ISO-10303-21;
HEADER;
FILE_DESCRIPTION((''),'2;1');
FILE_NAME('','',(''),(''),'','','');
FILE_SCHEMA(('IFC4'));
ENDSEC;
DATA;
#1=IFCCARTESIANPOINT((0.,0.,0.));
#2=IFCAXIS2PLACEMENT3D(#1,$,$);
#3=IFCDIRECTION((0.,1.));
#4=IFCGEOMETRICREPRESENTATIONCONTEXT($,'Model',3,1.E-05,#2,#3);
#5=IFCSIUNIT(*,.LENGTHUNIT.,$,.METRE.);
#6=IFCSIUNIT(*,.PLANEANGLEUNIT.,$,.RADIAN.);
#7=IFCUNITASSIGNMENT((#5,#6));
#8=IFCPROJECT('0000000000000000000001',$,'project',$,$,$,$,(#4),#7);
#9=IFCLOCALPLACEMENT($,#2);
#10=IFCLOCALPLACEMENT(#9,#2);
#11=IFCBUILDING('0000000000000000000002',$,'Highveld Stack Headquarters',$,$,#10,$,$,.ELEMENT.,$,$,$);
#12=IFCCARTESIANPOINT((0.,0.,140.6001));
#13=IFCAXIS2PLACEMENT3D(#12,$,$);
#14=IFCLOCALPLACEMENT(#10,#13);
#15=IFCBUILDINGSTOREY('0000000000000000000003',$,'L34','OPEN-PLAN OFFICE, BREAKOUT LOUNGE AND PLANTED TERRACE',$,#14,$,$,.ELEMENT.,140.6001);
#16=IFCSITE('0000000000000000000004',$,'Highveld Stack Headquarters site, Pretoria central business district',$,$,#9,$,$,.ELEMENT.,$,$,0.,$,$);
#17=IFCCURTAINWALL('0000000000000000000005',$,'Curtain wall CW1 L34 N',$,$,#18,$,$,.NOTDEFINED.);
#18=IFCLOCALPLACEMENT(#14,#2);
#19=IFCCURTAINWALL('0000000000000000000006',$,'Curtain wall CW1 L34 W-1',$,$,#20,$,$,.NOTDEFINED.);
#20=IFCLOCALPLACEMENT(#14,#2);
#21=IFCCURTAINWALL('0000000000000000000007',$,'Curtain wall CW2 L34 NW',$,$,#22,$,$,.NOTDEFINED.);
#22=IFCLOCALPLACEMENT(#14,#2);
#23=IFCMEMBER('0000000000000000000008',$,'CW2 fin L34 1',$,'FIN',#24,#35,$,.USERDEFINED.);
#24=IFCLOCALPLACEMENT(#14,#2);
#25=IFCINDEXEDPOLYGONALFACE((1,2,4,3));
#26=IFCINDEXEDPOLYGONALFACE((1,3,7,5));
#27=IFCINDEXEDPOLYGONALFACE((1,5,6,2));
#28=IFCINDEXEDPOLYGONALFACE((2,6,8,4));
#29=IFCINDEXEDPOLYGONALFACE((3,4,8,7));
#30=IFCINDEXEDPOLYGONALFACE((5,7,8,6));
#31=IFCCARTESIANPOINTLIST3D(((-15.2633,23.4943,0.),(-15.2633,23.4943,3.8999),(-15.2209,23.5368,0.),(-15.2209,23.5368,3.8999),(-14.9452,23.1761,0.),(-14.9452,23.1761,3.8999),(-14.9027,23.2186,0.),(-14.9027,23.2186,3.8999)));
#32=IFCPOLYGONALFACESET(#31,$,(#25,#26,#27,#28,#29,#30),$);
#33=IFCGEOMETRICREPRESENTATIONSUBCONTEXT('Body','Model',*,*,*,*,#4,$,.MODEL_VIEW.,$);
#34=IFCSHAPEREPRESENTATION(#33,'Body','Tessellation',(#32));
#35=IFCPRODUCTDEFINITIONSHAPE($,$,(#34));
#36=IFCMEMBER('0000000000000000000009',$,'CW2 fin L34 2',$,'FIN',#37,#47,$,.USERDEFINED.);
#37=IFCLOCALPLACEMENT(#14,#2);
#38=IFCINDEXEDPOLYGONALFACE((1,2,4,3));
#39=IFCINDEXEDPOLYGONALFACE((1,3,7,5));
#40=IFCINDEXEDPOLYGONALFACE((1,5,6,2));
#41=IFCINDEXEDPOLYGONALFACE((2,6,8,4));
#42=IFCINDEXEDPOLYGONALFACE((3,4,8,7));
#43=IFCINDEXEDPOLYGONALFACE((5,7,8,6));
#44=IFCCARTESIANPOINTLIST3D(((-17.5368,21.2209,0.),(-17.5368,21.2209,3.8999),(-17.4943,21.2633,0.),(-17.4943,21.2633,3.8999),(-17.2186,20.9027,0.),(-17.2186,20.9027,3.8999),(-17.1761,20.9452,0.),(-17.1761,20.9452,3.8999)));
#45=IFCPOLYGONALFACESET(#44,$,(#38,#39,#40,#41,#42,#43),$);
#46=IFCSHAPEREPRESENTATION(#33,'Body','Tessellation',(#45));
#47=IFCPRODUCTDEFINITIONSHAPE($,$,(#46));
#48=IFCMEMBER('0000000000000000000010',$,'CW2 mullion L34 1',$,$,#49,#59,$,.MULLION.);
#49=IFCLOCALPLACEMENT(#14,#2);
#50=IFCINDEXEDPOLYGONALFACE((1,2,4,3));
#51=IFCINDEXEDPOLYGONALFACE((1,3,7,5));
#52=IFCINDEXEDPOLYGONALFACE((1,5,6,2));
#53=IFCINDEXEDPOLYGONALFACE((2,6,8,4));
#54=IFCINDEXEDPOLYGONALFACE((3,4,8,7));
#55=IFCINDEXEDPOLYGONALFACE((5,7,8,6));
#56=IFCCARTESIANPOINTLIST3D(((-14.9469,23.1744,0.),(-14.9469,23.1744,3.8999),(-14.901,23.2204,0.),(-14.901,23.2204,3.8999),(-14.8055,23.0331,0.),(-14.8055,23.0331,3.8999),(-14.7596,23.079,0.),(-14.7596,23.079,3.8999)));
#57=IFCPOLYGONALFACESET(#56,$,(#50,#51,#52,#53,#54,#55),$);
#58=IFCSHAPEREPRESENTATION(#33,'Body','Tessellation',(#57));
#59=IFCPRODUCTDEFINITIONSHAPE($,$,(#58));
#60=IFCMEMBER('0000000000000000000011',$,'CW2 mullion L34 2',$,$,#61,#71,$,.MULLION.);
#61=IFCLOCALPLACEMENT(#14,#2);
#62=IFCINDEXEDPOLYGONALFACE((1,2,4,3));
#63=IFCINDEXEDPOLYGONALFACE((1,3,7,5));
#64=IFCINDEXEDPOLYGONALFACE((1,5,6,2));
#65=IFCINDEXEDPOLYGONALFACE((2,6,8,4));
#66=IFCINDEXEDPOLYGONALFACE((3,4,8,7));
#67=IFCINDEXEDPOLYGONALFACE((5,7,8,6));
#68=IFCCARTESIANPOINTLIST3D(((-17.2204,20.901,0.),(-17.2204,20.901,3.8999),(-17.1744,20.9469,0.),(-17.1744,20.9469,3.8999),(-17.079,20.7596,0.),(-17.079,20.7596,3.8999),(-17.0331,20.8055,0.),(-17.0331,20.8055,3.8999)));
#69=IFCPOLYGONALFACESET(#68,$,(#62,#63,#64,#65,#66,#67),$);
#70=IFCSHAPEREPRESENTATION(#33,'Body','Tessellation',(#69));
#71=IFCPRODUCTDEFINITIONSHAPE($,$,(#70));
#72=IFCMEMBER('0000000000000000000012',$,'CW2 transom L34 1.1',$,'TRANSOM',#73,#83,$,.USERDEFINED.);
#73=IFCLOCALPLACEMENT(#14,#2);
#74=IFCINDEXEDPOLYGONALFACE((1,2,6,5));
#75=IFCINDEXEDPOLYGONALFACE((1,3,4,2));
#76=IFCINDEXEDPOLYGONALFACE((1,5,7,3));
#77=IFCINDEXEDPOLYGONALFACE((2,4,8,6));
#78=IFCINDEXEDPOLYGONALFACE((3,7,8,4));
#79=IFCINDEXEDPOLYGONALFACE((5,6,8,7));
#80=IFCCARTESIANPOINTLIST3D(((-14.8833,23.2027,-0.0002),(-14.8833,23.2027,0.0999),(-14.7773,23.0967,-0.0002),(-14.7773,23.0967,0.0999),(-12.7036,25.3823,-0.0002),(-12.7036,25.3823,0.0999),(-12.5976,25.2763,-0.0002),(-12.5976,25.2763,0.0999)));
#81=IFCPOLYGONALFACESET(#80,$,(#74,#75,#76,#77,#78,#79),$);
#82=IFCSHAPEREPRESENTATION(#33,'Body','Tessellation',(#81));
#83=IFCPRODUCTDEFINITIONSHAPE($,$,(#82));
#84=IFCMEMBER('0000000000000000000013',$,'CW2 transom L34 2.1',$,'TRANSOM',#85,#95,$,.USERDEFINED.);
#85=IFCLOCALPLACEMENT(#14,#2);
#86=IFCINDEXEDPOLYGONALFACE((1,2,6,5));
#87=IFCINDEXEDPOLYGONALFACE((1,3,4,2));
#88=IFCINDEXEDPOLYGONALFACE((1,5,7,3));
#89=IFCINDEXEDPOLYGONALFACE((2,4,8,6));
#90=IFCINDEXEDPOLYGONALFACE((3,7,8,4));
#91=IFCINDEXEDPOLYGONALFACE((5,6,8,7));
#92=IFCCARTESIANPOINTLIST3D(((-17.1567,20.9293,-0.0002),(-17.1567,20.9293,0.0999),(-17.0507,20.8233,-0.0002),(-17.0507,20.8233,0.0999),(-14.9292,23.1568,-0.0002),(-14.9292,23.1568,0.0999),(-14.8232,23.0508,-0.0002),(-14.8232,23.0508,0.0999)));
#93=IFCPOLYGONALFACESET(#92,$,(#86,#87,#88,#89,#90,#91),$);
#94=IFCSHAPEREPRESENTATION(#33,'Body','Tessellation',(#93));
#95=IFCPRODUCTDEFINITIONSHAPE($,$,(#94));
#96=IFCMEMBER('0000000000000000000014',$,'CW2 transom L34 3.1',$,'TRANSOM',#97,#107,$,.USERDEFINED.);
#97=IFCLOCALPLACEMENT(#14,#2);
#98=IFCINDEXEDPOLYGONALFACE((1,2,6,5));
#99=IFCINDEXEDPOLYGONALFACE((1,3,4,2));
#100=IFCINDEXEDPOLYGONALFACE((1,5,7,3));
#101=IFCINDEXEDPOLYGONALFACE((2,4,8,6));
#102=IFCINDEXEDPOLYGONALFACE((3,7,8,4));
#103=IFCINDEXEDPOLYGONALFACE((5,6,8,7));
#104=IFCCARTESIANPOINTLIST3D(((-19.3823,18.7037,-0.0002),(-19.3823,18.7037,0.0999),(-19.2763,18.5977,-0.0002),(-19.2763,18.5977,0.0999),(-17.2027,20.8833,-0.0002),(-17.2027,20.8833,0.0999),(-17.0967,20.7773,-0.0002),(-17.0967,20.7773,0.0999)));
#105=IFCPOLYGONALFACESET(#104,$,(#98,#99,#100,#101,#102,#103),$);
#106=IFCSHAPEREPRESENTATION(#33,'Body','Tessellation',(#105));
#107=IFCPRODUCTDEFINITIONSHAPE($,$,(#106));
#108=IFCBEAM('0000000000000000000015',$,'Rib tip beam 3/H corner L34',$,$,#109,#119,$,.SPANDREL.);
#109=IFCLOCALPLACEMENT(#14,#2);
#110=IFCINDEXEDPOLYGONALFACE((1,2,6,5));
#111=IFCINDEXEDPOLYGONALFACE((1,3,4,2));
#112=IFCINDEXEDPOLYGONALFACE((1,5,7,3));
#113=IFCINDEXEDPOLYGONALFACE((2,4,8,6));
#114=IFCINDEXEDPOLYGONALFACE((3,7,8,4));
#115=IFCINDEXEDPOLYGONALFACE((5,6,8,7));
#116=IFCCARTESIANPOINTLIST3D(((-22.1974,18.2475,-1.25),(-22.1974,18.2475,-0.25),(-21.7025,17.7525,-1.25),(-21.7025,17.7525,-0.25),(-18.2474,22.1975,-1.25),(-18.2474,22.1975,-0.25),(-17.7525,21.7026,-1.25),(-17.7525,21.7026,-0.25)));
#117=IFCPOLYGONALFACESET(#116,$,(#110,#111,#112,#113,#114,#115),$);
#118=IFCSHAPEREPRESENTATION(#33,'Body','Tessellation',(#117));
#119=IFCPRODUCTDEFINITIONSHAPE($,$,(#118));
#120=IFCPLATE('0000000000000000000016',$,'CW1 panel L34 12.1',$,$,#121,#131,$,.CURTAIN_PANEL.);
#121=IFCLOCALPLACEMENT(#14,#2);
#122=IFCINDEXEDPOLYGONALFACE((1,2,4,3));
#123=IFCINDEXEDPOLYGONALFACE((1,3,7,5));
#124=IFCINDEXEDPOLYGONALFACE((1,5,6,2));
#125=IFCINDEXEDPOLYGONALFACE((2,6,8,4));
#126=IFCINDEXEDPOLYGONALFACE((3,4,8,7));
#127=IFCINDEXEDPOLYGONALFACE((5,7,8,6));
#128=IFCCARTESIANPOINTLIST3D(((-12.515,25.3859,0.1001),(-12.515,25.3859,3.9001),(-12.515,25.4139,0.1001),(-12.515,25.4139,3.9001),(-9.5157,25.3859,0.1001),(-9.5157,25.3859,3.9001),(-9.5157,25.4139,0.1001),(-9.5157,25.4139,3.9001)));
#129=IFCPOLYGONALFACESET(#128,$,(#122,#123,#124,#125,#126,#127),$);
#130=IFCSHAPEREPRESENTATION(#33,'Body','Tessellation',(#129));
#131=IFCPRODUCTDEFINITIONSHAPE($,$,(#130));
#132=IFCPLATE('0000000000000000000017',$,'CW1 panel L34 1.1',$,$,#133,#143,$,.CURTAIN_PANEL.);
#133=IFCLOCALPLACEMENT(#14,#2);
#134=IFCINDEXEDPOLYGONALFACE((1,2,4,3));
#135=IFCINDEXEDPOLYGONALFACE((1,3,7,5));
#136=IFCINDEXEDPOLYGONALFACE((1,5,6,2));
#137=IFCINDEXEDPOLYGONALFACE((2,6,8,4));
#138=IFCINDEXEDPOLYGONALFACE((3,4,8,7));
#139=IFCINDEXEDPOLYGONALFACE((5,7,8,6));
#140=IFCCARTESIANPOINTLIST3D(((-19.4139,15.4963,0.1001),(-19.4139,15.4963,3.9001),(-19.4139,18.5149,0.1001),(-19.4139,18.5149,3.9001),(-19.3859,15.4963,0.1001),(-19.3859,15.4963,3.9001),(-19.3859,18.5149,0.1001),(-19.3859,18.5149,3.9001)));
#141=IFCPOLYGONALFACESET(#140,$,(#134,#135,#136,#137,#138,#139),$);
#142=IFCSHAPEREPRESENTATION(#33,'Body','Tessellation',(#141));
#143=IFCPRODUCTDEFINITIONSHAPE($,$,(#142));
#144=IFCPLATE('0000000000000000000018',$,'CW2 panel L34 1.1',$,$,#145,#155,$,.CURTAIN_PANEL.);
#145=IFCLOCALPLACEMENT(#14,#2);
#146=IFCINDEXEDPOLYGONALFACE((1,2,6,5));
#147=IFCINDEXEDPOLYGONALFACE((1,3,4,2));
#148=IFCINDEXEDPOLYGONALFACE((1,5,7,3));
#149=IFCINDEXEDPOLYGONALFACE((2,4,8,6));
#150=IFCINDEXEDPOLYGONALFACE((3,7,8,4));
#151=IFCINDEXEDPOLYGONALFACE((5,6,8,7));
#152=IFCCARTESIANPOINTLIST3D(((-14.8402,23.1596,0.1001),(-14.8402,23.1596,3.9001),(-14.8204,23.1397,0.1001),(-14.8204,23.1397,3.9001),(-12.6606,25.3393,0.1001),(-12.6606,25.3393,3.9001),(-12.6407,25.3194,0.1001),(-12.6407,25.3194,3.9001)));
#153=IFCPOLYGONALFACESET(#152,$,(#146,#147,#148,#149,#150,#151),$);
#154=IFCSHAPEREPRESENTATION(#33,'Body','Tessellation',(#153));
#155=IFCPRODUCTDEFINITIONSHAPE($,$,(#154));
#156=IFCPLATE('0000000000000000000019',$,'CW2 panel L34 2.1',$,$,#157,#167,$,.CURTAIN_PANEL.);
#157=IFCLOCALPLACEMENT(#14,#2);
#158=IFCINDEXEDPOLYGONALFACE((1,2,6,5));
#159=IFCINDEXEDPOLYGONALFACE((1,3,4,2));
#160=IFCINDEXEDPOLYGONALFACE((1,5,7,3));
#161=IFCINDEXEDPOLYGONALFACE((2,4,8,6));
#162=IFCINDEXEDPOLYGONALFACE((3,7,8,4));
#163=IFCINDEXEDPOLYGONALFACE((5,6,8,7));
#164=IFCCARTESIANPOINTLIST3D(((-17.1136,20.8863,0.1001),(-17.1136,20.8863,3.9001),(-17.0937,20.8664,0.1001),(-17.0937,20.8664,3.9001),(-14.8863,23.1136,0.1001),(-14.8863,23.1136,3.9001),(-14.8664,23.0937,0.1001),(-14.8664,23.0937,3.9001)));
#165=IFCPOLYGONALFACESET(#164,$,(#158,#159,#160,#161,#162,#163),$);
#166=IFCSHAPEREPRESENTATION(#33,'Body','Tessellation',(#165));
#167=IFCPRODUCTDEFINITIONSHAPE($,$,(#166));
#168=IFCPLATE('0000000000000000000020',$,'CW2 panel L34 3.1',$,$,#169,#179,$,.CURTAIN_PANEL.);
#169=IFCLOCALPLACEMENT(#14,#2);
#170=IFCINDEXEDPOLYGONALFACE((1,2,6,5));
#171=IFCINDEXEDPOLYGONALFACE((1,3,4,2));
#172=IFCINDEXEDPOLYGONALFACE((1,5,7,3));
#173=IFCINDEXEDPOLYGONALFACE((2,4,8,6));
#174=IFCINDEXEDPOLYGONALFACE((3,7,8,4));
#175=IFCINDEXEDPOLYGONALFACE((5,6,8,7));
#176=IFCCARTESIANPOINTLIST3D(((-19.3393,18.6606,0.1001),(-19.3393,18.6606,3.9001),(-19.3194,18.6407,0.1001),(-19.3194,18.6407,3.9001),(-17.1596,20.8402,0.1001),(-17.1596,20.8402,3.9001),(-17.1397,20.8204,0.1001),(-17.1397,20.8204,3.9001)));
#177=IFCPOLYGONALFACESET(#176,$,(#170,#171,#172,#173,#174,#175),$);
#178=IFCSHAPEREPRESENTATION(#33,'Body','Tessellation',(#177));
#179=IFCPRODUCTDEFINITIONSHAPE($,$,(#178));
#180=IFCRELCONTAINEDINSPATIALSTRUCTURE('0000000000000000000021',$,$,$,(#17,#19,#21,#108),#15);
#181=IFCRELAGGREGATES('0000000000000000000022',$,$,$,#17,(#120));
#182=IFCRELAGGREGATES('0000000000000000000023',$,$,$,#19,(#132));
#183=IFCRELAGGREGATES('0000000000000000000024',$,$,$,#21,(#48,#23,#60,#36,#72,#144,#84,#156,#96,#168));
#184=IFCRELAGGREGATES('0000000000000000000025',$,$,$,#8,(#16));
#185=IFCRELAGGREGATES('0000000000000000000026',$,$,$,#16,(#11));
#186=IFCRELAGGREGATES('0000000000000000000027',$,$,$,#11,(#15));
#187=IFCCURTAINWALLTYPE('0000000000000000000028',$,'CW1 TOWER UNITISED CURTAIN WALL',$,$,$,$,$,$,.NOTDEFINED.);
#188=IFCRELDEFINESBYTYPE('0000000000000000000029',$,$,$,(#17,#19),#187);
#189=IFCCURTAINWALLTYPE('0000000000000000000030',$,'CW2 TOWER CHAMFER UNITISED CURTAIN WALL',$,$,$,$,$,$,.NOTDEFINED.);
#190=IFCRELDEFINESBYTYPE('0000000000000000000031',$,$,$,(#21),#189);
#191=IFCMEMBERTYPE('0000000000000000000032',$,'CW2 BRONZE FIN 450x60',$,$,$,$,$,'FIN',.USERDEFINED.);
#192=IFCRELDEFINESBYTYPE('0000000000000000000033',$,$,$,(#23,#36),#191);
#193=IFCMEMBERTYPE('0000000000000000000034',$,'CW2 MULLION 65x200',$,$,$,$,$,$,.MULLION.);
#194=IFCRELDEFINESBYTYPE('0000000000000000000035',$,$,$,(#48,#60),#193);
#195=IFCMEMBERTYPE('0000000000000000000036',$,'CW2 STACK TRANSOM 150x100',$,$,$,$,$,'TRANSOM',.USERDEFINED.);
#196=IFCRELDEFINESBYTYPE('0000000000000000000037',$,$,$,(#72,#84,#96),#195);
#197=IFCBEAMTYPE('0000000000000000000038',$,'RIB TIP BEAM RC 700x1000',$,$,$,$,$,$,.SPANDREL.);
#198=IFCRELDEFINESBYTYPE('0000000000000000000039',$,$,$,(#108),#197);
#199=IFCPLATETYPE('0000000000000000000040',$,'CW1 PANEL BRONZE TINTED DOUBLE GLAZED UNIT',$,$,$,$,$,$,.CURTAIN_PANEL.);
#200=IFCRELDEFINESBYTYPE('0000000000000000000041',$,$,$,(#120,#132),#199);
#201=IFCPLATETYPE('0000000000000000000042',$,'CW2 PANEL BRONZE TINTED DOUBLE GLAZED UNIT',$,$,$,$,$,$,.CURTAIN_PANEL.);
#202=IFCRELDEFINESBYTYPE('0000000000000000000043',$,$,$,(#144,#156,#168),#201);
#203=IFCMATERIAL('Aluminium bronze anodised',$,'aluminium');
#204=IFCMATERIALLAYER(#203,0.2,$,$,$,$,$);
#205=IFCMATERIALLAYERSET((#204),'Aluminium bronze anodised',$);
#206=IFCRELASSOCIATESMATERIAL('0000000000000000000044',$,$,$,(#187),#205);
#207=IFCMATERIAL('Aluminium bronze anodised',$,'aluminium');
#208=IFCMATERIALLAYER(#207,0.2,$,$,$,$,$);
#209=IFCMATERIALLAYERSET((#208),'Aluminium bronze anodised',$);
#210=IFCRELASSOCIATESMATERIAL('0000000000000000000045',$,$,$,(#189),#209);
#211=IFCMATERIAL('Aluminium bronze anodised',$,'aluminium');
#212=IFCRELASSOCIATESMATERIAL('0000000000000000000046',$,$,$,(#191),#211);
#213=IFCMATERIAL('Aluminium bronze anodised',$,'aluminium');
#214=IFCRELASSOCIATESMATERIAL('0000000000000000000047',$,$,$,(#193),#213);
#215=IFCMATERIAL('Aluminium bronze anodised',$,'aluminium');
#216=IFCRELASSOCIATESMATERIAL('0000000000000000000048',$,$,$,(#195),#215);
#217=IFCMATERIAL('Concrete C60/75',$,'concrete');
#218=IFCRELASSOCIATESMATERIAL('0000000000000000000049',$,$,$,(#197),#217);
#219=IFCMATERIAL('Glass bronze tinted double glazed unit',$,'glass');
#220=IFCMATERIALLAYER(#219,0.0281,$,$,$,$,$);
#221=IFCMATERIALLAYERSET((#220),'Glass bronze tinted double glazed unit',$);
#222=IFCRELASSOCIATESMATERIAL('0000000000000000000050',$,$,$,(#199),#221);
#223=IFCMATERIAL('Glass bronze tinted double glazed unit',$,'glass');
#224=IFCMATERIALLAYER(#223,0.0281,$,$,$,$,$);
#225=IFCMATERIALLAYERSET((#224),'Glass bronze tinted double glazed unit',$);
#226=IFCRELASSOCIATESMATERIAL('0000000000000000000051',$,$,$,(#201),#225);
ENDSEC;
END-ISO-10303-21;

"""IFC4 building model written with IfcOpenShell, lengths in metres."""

from ifc_helpers import new_model, si_unit, direction, frame, origin, origin_2d, place, context, subcontext, project, spatial, rectangle, extrude, material, layer, layer_set, material_profile, profile_set, type_object, element, aggregate, save


model = new_model("IFC4")

# Units and contexts
model_context = context("Model", 3, precision=1e-05, world=origin(), true_north=direction((0.0, 1.0)))
body_context = subcontext(model_context, "Body", "Model", "MODEL_VIEW")
ifc_project = project(units=[si_unit("LENGTHUNIT", "METRE"), si_unit("PLANEANGLEUNIT", "RADIAN")], contexts=[model_context])

# Site, building, storey
site_placement = place(None, origin())
site = spatial("IfcSite", under=ifc_project, at=site_placement, Name="Highveld Stack Headquarters site, Pretoria central business district", CompositionType="ELEMENT", RefElevation=0.0)
building_placement = place(site_placement, origin())
building = spatial("IfcBuilding", under=site, at=building_placement, Name="Highveld Stack Headquarters", CompositionType="ELEMENT")
storey_placement = place(building_placement, frame((0.0, 0.0, 140.6001)))
storey = spatial("IfcBuildingStorey", under=building, at=storey_placement, Name="L34", Description="OPEN-PLAN OFFICE, BREAKOUT LOUNGE AND PLANTED TERRACE", CompositionType="ELEMENT", Elevation=140.6001)

# Curtain walls
ifc_material_1 = material(Name="Aluminium bronze anodised", Category="aluminium")
ifc_layer_1 = layer(ifc_material_1, 0.2)
ifc_layer_set_1 = layer_set([ifc_layer_1], Name="Aluminium bronze anodised")
curtain_wall_type_1 = type_object("IfcCurtainWallType", Name="CW1 TOWER UNITISED CURTAIN WALL", PredefinedType="NOTDEFINED", material=ifc_layer_set_1)
curtain_wall_1_placement = place(storey_placement, origin())
curtain_wall_1 = element("IfcCurtainWall", 1, at=curtain_wall_1_placement, inside=storey, type_object=curtain_wall_type_1, Name="Curtain wall CW1 L34 N", PredefinedType="NOTDEFINED")
curtain_wall_2_placement = place(storey_placement, origin())
curtain_wall_2 = element("IfcCurtainWall", 2, at=curtain_wall_2_placement, inside=storey, type_object=curtain_wall_type_1, Name="Curtain wall CW1 L34 W-1", PredefinedType="NOTDEFINED")

# Curtain wall, members
ifc_material_2 = material(Name="Aluminium bronze anodised", Category="aluminium")
ifc_layer_2 = layer(ifc_material_2, 0.2)
ifc_layer_set_2 = layer_set([ifc_layer_2], Name="Aluminium bronze anodised")
curtain_wall_type_2 = type_object("IfcCurtainWallType", Name="CW2 TOWER CHAMFER UNITISED CURTAIN WALL", PredefinedType="NOTDEFINED", material=ifc_layer_set_2)
curtain_wall_3_placement = place(storey_placement, origin())
curtain_wall_3 = element("IfcCurtainWall", 3, at=curtain_wall_3_placement, inside=storey, type_object=curtain_wall_type_2, Name="Curtain wall CW2 L34 NW", PredefinedType="NOTDEFINED")
ifc_material_3 = material(Name="Aluminium bronze anodised", Category="aluminium")
ifc_material_profile_1 = material_profile(ifc_material_3, rectangle(XDim=0.45, YDim=0.0601, at=origin_2d()), Name="FIN 450x60")
ifc_profile_set_1 = profile_set([ifc_material_profile_1], Name="Aluminium bronze anodised")
member_type_1 = type_object("IfcMemberType", Name="CW2 BRONZE FIN 450x60", ElementType="FIN", PredefinedType="USERDEFINED", material=ifc_profile_set_1)
member_1_placement = place(storey_placement, frame((-15.083, 23.3564, 0.0), z_axis=(0.0, 0.0, 1.0), x_axis=(0.707107, -0.707107, 0.0)))
member_1 = element("IfcMember", 4, at=member_1_placement, type_object=member_type_1, Name="CW2 fin L34 1", ObjectType="FIN", PredefinedType="USERDEFINED", context=body_context, shape_type="SweptSolid", body=[
    extrude(rectangle(XDim=0.45, YDim=0.0601, at=origin_2d()), origin(), (0.0, 0.0, 1.0), 3.8999),
])
member_2_placement = place(storey_placement, frame((-17.3564, 21.083, 0.0), z_axis=(0.0, 0.0, 1.0), x_axis=(0.707107, -0.707107, 0.0)))
member_2 = element("IfcMember", 5, at=member_2_placement, type_object=member_type_1, Name="CW2 fin L34 2", ObjectType="FIN", PredefinedType="USERDEFINED", context=body_context, shape_type="SweptSolid", body=[
    extrude(rectangle(XDim=0.45, YDim=0.0601, at=origin_2d()), origin(), (0.0, 0.0, 1.0), 3.8999),
])
ifc_material_4 = material(Name="Aluminium bronze anodised", Category="aluminium")
ifc_material_profile_2 = material_profile(ifc_material_4, rectangle(XDim=0.2, YDim=0.0649, at=origin_2d()), Name="CW2 MULLION 65x200")
ifc_profile_set_2 = profile_set([ifc_material_profile_2], Name="Aluminium bronze anodised")
member_type_2 = type_object("IfcMemberType", Name="CW2 MULLION 65x200", PredefinedType="MULLION", material=ifc_profile_set_2)
member_3_placement = place(storey_placement, frame((-14.8533, 23.1267, 0.0), z_axis=(0.0, 0.0, 1.0), x_axis=(0.707107, -0.707107, 0.0)))
member_3 = element("IfcMember", 6, at=member_3_placement, type_object=member_type_2, Name="CW2 mullion L34 1", PredefinedType="MULLION", context=body_context, shape_type="SweptSolid", body=[
    extrude(rectangle(XDim=0.2, YDim=0.0649, at=origin_2d()), origin(), (0.0, 0.0, 1.0), 3.8999),
])
member_4_placement = place(storey_placement, frame((-17.1267, 20.8533, 0.0), z_axis=(0.0, 0.0, 1.0), x_axis=(0.707107, -0.707107, 0.0)))
member_4 = element("IfcMember", 7, at=member_4_placement, type_object=member_type_2, Name="CW2 mullion L34 2", PredefinedType="MULLION", context=body_context, shape_type="SweptSolid", body=[
    extrude(rectangle(XDim=0.2, YDim=0.0649, at=origin_2d()), origin(), (0.0, 0.0, 1.0), 3.8999),
])
ifc_material_5 = material(Name="Aluminium bronze anodised", Category="aluminium")
ifc_material_profile_3 = material_profile(ifc_material_5, rectangle(XDim=0.1499, YDim=0.1001, at=origin_2d()), Name="CW2 TRANSOM 150x100")
ifc_profile_set_3 = profile_set([ifc_material_profile_3], Name="Aluminium bronze anodised")
member_type_3 = type_object("IfcMemberType", Name="CW2 STACK TRANSOM 150x100", ElementType="TRANSOM", PredefinedType="USERDEFINED", material=ifc_profile_set_3)
member_5_placement = place(storey_placement, frame((-12.6506, 25.3293, 0.0498), z_axis=(-0.707107, -0.707107, 0.0), x_axis=(0.707107, -0.707107, 0.0)))
member_5 = element("IfcMember", 8, at=member_5_placement, type_object=member_type_3, Name="CW2 transom L34 1.1", ObjectType="TRANSOM", PredefinedType="USERDEFINED", context=body_context, shape_type="SweptSolid", body=[
    extrude(rectangle(XDim=0.1499, YDim=0.1001, at=origin_2d()), origin(), (0.0, 0.0, 1.0), 3.0825),
])
member_6_placement = place(storey_placement, frame((-14.8762, 23.1038, 0.0498), z_axis=(-0.707107, -0.707107, 0.0), x_axis=(0.707107, -0.707107, 0.0)))
member_6 = element("IfcMember", 9, at=member_6_placement, type_object=member_type_3, Name="CW2 transom L34 2.1", ObjectType="TRANSOM", PredefinedType="USERDEFINED", context=body_context, shape_type="SweptSolid", body=[
    extrude(rectangle(XDim=0.1499, YDim=0.1001, at=origin_2d()), origin(), (0.0, 0.0, 1.0), 3.1501),
])
member_7_placement = place(storey_placement, frame((-17.1497, 20.8303, 0.0498), z_axis=(-0.707107, -0.707107, 0.0), x_axis=(0.707107, -0.707107, 0.0)))
member_7 = element("IfcMember", 10, at=member_7_placement, type_object=member_type_3, Name="CW2 transom L34 3.1", ObjectType="TRANSOM", PredefinedType="USERDEFINED", context=body_context, shape_type="SweptSolid", body=[
    extrude(rectangle(XDim=0.1499, YDim=0.1001, at=origin_2d()), origin(), (0.0, 0.0, 1.0), 3.0825),
])

# Beam
ifc_material_6 = material(Name="Concrete C60/75", Category="concrete")
ifc_material_profile_4 = material_profile(ifc_material_6, rectangle(XDim=0.7, YDim=1.0, at=origin_2d()), Name="RC 700x1000")
ifc_profile_set_4 = profile_set([ifc_material_profile_4], Name="Concrete C60/75")
beam_type_1 = type_object("IfcBeamType", Name="RIB TIP BEAM RC 700x1000", PredefinedType="SPANDREL", material=ifc_profile_set_4)
beam_1_placement = place(storey_placement, frame((-21.95, 18.0, -0.75), z_axis=(0.707107, 0.707107, 0.0), x_axis=(-0.707107, 0.707107, 0.0)))
element("IfcBeam", 11, at=beam_1_placement, inside=storey, type_object=beam_type_1, Name="Rib tip beam 3/H corner L34", PredefinedType="SPANDREL", context=body_context, shape_type="SweptSolid", body=[
    extrude(rectangle(XDim=0.7, YDim=1.0, at=origin_2d()), origin(), (0.0, 0.0, 1.0), 5.5862),
])

# Plates
ifc_material_7 = material(Name="Glass bronze tinted double glazed unit", Category="glass")
ifc_layer_3 = layer(ifc_material_7, 0.0281)
ifc_layer_set_3 = layer_set([ifc_layer_3], Name="Glass bronze tinted double glazed unit")
plate_type_1 = type_object("IfcPlateType", Name="CW1 PANEL BRONZE TINTED DOUBLE GLAZED UNIT", PredefinedType="CURTAIN_PANEL", material=ifc_layer_set_3)
plate_1_placement = place(storey_placement, frame((-11.0154, 25.3999, 0.1001), z_axis=(0.0, 0.0, 1.0), x_axis=(-1.0, 0.0, 0.0)))
plate_1 = element("IfcPlate", 12, at=plate_1_placement, type_object=plate_type_1, Name="CW1 panel L34 12.1", PredefinedType="CURTAIN_PANEL", context=body_context, shape_type="SweptSolid", body=[
    extrude(rectangle(XDim=2.9993, YDim=0.0281, at=origin_2d()), origin(), (0.0, 0.0, 1.0), 3.8),
])
aggregate(curtain_wall_1, [plate_1])
plate_2_placement = place(storey_placement, frame((-19.3999, 17.0056, 0.1001), z_axis=(0.0, 0.0, 1.0), x_axis=(0.0, -1.0, 0.0)))
plate_2 = element("IfcPlate", 13, at=plate_2_placement, type_object=plate_type_1, Name="CW1 panel L34 1.1", PredefinedType="CURTAIN_PANEL", context=body_context, shape_type="SweptSolid", body=[
    extrude(rectangle(XDim=3.0186, YDim=0.0281, at=origin_2d()), origin(), (0.0, 0.0, 1.0), 3.8),
])
aggregate(curtain_wall_2, [plate_2])
ifc_material_8 = material(Name="Glass bronze tinted double glazed unit", Category="glass")
ifc_layer_4 = layer(ifc_material_8, 0.0281)
ifc_layer_set_4 = layer_set([ifc_layer_4], Name="Glass bronze tinted double glazed unit")
plate_type_2 = type_object("IfcPlateType", Name="CW2 PANEL BRONZE TINTED DOUBLE GLAZED UNIT", PredefinedType="CURTAIN_PANEL", material=ifc_layer_set_4)
plate_3_placement = place(storey_placement, frame((-13.7405, 24.2395, 0.1001), z_axis=(0.0, 0.0, 1.0), x_axis=(-0.707107, -0.707107, 0.0)))
plate_3 = element("IfcPlate", 14, at=plate_3_placement, type_object=plate_type_2, Name="CW2 panel L34 1.1", PredefinedType="CURTAIN_PANEL", context=body_context, shape_type="SweptSolid", body=[
    extrude(rectangle(XDim=3.0825, YDim=0.0281, at=origin_2d()), origin(), (0.0, 0.0, 1.0), 3.8),
])
plate_4_placement = place(storey_placement, frame((-15.99, 21.99, 0.1001), z_axis=(0.0, 0.0, 1.0), x_axis=(-0.707107, -0.707107, 0.0)))
plate_4 = element("IfcPlate", 15, at=plate_4_placement, type_object=plate_type_2, Name="CW2 panel L34 2.1", PredefinedType="CURTAIN_PANEL", context=body_context, shape_type="SweptSolid", body=[
    extrude(rectangle(XDim=3.1499, YDim=0.0281, at=origin_2d()), origin(), (0.0, 0.0, 1.0), 3.8),
])
plate_5_placement = place(storey_placement, frame((-18.2395, 19.7405, 0.1001), z_axis=(0.0, 0.0, 1.0), x_axis=(-0.707107, -0.707107, 0.0)))
plate_5 = element("IfcPlate", 16, at=plate_5_placement, type_object=plate_type_2, Name="CW2 panel L34 3.1", PredefinedType="CURTAIN_PANEL", context=body_context, shape_type="SweptSolid", body=[
    extrude(rectangle(XDim=3.0825, YDim=0.0281, at=origin_2d()), origin(), (0.0, 0.0, 1.0), 3.8),
])
aggregate(curtain_wall_3, [member_3, member_1, member_4, member_2, member_5, plate_3, member_6, plate_4, member_7, plate_5])

save(model, "model.ifc")
